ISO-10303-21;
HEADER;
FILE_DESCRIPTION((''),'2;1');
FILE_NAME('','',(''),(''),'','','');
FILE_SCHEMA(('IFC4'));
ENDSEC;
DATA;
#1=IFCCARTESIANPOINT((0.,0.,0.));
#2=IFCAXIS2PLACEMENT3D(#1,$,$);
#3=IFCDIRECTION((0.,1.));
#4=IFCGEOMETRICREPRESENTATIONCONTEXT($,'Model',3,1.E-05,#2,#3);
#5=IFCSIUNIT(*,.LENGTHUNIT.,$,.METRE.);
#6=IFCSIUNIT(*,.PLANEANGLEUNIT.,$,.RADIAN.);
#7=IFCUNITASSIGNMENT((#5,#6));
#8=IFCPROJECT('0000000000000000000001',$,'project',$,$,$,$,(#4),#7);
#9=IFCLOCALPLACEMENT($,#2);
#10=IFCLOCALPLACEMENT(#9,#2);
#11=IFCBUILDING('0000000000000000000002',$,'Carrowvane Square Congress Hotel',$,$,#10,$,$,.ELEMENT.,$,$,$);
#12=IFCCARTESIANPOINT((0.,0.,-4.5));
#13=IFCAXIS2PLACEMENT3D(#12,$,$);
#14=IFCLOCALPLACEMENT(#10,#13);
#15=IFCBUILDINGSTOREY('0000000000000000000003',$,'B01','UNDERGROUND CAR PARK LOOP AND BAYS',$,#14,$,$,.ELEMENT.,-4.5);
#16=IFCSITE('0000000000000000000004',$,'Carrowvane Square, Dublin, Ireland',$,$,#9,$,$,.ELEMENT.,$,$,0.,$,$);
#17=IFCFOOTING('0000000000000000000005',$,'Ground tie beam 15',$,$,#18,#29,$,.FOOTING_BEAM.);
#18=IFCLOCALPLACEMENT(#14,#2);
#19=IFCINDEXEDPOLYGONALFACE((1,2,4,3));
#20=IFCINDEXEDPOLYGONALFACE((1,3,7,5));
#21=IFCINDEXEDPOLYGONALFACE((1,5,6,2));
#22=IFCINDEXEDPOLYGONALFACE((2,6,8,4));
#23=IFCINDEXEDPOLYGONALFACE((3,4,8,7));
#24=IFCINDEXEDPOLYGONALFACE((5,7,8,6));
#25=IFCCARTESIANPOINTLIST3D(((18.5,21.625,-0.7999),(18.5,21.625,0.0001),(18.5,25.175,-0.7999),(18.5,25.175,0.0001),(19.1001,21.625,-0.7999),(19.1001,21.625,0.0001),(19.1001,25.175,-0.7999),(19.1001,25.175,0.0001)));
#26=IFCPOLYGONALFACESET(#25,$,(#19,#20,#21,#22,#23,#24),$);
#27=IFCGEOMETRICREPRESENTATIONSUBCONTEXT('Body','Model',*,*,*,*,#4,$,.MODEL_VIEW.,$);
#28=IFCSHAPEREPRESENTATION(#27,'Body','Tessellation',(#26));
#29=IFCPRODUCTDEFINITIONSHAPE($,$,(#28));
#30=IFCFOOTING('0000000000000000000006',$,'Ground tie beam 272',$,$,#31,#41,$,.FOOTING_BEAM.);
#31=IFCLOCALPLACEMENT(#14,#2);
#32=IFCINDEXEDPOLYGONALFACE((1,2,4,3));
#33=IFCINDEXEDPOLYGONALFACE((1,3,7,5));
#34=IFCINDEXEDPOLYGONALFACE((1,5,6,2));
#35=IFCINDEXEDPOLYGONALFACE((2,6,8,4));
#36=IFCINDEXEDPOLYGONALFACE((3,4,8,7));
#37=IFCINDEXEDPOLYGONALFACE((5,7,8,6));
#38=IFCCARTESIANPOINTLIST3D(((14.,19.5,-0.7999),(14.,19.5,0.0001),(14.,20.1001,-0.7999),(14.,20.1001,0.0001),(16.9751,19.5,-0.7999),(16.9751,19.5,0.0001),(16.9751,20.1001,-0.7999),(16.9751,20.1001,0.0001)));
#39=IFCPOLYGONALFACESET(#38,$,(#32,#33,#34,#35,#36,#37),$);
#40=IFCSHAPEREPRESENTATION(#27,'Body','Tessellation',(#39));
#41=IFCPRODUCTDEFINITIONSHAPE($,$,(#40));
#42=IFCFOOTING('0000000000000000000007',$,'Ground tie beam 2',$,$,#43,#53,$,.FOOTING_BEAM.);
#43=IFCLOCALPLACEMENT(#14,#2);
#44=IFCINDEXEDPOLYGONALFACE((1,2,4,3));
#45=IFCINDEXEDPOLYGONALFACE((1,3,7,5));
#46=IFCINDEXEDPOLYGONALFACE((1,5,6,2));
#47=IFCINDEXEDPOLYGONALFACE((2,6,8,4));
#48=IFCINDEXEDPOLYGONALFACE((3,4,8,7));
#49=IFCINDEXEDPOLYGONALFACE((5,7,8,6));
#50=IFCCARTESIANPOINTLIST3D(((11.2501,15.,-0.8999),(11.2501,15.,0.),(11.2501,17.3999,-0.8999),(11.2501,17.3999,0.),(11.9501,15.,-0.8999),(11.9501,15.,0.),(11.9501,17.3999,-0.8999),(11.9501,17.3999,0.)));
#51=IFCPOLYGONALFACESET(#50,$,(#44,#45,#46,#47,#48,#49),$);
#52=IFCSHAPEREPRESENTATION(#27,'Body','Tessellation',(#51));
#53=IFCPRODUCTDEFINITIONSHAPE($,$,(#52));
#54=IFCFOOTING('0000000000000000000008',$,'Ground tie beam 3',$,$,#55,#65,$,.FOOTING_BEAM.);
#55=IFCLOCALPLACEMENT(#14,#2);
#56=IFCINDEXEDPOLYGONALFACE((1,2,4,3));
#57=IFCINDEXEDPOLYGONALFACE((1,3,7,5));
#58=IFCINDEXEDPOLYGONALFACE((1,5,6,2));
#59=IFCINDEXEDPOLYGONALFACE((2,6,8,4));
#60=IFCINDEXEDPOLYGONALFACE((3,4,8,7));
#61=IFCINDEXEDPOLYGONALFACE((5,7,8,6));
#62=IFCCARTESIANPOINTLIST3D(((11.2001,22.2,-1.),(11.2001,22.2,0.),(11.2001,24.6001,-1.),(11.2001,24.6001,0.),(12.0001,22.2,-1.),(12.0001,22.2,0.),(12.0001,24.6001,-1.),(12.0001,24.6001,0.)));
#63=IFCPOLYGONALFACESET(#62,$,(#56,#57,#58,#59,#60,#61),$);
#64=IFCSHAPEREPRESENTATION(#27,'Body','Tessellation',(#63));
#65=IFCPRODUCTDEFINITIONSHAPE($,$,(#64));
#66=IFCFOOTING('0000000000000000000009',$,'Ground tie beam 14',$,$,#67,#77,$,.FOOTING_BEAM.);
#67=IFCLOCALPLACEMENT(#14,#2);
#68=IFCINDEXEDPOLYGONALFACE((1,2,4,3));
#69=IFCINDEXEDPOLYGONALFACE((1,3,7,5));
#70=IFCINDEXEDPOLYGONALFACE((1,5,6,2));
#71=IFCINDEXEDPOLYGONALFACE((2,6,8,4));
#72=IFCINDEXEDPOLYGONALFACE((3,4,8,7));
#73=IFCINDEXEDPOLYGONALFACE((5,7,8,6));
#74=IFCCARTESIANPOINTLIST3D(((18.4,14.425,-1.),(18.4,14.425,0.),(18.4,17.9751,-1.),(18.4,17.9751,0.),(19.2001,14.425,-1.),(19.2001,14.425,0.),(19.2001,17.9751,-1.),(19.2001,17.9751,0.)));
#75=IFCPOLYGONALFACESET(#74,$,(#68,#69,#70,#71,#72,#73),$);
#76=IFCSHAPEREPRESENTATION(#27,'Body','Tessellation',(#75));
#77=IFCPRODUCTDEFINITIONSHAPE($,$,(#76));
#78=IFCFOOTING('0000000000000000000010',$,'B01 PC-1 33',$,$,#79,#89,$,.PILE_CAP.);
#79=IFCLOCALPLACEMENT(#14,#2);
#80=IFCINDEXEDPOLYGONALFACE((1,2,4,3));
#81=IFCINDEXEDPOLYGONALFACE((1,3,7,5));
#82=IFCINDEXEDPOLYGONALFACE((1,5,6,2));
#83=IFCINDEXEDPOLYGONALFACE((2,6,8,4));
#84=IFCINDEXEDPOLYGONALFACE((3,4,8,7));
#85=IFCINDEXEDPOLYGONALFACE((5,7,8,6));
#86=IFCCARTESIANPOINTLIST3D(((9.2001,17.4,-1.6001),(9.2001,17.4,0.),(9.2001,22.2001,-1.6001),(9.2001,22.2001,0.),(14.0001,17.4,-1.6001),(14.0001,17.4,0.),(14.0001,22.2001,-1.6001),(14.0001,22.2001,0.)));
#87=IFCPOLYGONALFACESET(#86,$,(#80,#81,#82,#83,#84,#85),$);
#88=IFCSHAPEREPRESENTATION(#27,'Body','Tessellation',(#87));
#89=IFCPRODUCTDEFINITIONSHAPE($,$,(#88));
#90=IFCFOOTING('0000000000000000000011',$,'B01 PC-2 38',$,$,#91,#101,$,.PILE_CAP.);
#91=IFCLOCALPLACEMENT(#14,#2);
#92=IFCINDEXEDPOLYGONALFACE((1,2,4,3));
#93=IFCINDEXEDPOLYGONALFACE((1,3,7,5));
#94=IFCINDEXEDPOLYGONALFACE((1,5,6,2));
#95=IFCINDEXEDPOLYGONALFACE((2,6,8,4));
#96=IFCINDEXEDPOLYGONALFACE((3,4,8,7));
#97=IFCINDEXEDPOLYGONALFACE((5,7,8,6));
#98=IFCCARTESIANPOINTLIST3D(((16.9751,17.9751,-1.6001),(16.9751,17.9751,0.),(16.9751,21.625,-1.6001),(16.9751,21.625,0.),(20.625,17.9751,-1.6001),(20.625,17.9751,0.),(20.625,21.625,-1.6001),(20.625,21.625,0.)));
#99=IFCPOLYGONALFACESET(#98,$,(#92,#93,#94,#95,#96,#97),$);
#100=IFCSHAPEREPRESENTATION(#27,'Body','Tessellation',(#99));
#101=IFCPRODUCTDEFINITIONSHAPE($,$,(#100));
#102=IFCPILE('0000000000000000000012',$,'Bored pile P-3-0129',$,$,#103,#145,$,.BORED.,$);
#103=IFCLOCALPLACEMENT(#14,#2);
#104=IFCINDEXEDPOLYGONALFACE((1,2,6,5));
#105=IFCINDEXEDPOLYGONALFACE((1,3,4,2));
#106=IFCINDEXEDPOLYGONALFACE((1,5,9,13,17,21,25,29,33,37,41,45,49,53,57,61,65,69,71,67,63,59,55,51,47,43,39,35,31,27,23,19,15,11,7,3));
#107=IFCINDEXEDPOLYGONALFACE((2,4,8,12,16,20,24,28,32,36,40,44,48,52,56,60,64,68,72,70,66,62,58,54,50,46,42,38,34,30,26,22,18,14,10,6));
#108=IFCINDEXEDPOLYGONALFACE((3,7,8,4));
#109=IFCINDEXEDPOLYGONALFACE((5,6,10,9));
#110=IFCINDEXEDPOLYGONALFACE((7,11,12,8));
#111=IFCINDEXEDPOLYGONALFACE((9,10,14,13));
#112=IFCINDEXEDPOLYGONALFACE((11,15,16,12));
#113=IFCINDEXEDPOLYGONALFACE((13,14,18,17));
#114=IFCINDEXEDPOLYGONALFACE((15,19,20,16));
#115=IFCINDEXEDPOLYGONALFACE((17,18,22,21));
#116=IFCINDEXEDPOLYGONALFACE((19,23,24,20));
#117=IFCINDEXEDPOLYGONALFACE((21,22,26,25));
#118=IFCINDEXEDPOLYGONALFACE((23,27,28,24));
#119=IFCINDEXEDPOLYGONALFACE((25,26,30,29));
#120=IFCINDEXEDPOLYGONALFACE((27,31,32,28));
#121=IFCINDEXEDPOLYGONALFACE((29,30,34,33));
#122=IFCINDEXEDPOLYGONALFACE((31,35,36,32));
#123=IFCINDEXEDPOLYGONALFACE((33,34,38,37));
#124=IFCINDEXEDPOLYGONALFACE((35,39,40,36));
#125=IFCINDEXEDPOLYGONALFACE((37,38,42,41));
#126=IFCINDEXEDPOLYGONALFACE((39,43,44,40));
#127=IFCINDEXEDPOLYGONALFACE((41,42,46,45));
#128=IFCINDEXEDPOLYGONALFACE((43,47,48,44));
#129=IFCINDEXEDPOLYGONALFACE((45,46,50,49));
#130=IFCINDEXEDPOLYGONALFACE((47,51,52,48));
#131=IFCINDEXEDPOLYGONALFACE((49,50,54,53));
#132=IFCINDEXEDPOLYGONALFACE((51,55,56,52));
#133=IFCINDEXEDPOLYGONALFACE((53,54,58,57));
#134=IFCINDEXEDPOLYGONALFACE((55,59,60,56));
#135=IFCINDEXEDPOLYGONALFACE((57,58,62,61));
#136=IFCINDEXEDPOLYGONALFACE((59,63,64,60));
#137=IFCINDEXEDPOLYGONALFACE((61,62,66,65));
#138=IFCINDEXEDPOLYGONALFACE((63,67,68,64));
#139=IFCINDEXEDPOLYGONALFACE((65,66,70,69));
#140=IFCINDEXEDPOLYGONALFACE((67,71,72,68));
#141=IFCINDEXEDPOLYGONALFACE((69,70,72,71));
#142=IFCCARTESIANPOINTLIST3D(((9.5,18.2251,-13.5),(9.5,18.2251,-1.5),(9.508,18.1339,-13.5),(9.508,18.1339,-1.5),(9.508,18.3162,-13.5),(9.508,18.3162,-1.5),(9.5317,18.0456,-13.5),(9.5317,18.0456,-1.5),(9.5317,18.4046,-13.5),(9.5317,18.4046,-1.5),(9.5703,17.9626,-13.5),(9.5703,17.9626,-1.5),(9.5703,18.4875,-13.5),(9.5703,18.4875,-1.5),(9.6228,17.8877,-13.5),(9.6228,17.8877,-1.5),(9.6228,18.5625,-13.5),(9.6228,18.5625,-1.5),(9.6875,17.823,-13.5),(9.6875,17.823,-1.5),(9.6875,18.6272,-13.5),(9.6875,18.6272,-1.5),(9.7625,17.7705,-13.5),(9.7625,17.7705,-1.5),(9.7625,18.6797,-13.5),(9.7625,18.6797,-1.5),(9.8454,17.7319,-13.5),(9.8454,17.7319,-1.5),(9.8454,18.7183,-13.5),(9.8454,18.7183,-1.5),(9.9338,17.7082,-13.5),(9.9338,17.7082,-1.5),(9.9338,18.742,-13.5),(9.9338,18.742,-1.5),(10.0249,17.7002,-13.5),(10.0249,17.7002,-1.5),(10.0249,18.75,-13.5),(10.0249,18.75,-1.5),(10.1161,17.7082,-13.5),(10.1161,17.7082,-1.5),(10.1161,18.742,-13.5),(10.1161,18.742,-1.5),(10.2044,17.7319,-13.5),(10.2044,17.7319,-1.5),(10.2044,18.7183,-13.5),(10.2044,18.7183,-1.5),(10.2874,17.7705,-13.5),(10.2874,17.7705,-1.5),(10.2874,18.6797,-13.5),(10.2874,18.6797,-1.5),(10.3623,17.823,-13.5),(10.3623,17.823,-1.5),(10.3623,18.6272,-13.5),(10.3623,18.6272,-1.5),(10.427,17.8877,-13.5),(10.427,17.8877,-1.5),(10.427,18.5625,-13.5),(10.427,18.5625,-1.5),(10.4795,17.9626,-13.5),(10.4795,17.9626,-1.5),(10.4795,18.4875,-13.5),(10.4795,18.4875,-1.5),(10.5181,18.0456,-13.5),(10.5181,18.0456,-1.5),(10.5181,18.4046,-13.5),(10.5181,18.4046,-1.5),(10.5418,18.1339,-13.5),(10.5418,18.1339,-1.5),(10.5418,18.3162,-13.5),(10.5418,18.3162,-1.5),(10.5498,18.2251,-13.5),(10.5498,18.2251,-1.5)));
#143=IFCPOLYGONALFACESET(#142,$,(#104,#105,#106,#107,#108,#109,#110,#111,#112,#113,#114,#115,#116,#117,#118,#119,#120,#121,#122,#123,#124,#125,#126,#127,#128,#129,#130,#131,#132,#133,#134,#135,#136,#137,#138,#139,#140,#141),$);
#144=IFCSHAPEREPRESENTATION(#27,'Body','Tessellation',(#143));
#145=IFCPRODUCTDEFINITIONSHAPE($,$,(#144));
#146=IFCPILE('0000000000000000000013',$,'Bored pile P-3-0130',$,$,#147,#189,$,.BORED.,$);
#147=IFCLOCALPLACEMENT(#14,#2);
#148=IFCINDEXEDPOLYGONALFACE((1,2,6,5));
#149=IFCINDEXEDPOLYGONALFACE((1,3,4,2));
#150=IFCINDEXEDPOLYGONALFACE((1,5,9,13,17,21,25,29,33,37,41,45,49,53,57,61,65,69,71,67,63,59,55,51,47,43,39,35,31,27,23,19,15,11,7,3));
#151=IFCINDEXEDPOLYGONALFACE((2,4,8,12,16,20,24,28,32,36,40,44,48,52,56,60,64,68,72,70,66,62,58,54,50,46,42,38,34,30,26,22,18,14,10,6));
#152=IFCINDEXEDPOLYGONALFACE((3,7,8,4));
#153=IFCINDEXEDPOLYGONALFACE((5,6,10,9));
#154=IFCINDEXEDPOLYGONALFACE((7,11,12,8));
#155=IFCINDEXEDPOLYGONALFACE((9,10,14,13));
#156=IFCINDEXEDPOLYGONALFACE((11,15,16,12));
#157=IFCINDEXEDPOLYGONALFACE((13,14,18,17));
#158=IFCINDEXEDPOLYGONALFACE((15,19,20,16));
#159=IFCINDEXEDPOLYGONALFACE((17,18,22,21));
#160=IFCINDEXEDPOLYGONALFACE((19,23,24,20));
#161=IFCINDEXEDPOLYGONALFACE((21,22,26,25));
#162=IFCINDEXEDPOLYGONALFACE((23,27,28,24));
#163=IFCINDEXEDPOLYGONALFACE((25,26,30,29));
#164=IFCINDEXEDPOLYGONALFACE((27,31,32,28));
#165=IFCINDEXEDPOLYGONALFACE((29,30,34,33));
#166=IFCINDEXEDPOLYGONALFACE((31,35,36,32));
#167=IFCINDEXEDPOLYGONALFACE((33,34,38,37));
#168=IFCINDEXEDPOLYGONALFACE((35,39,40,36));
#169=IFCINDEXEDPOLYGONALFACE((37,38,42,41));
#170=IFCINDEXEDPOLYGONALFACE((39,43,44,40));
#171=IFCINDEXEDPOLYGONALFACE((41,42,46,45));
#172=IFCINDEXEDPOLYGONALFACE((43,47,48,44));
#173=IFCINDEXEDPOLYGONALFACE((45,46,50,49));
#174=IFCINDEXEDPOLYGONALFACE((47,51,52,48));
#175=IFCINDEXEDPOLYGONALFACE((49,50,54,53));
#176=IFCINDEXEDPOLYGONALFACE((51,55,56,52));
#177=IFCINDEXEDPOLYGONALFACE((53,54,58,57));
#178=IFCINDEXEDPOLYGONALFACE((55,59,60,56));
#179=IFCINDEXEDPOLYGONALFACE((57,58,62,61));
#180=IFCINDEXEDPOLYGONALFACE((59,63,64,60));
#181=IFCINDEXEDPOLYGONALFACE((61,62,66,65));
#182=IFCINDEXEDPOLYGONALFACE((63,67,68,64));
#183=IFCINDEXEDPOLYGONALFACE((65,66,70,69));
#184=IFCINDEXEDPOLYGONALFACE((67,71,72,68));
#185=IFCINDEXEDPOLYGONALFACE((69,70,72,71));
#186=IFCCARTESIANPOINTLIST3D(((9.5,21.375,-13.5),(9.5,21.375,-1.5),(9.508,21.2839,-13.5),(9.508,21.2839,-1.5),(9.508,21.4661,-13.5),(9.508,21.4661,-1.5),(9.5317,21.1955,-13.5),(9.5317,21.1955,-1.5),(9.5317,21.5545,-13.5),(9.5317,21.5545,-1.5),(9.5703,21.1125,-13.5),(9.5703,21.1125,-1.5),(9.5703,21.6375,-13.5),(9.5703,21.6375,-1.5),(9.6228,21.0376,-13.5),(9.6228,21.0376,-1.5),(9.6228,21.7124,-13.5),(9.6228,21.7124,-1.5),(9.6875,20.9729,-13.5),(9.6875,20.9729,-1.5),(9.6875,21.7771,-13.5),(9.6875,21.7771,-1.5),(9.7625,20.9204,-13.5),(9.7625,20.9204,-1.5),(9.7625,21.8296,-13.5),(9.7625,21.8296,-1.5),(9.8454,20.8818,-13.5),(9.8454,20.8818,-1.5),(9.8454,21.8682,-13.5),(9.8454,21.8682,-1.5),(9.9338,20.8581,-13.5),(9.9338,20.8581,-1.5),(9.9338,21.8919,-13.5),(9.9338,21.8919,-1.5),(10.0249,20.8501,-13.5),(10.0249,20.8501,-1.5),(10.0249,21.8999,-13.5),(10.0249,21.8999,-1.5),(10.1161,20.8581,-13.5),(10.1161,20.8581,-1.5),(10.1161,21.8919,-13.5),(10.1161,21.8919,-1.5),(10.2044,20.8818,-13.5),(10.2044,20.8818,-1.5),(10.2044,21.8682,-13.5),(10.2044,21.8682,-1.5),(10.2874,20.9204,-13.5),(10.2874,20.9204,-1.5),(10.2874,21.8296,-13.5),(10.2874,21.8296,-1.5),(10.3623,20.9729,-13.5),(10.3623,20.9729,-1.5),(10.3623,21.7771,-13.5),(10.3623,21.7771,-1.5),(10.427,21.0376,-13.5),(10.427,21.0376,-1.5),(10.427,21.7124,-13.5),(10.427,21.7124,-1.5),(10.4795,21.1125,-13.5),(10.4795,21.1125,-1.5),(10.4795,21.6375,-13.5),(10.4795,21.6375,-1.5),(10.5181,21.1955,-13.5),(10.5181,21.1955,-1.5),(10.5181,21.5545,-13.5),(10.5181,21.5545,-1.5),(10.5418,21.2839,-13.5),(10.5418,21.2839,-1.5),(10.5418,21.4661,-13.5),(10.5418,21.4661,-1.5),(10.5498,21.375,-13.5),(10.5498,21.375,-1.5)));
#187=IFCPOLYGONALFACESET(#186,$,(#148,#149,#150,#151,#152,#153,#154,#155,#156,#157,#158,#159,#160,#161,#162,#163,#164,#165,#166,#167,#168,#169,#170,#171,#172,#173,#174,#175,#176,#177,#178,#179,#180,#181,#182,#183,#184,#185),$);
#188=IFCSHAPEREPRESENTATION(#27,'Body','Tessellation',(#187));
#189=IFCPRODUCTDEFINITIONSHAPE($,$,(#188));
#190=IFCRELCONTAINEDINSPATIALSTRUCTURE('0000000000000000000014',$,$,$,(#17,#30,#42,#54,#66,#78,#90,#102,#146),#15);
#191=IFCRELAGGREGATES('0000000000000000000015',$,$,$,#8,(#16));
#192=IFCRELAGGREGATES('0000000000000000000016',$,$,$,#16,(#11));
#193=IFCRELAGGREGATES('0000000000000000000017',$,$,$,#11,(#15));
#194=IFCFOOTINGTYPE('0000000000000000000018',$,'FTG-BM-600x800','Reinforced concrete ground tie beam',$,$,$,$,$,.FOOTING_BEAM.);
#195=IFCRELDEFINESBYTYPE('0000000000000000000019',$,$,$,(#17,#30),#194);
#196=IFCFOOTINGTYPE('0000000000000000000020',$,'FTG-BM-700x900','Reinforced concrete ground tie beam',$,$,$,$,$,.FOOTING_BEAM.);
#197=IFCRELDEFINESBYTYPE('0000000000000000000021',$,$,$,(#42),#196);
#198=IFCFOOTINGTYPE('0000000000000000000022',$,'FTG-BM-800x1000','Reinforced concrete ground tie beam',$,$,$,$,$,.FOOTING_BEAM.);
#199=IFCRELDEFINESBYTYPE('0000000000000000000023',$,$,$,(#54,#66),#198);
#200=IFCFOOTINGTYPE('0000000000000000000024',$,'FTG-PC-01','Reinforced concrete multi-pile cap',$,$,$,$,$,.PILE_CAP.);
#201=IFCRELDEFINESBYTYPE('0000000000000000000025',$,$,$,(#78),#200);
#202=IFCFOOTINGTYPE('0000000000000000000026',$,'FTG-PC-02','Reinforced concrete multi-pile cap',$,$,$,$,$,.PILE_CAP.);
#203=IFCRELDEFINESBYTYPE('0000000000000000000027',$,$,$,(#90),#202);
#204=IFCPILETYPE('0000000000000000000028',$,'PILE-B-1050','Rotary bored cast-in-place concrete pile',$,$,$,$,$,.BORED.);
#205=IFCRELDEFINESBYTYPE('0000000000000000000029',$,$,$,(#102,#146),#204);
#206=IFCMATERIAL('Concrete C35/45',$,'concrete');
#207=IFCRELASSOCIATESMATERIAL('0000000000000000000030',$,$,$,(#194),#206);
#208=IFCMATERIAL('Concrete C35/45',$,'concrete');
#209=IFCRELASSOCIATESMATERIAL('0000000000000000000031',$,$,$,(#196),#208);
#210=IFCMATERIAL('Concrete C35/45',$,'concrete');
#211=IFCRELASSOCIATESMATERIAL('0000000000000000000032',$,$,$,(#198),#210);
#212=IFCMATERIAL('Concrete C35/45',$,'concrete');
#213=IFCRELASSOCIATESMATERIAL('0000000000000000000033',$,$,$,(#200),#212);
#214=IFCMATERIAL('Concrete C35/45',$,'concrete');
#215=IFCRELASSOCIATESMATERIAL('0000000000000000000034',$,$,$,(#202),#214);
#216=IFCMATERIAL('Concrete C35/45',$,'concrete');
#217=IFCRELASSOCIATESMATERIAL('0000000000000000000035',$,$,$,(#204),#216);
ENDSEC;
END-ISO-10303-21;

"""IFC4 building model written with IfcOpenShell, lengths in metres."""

from ifc_helpers import new_model, si_unit, direction, frame, origin, origin_2d, place, context, subcontext, project, spatial, rectangle, circle, extrude, material, material_profile, profile_set, type_object, element, save


model = new_model("IFC4")

# Units and contexts
model_context = context("Model", 3, precision=1e-05, world=origin(), true_north=direction((0.0, 1.0)))
body_context = subcontext(model_context, "Body", "Model", "MODEL_VIEW")
ifc_project = project(units=[si_unit("LENGTHUNIT", "METRE"), si_unit("PLANEANGLEUNIT", "RADIAN")], contexts=[model_context])

# Site, building, storey
site_placement = place(None, origin())
site = spatial("IfcSite", under=ifc_project, at=site_placement, Name="Carrowvane Square, Dublin, Ireland", CompositionType="ELEMENT", RefElevation=0.0)
building_placement = place(site_placement, origin())
building = spatial("IfcBuilding", under=site, at=building_placement, Name="Carrowvane Square Congress Hotel", CompositionType="ELEMENT")
storey_placement = place(building_placement, frame((0.0, 0.0, -4.5)))
storey = spatial("IfcBuildingStorey", under=building, at=storey_placement, Name="B01", Description="UNDERGROUND CAR PARK LOOP AND BAYS", CompositionType="ELEMENT", Elevation=-4.5)

# Footings
ifc_material_1 = material(Name="Concrete C35/45", Category="concrete")
ifc_material_profile_1 = material_profile(ifc_material_1, rectangle(XDim=0.6001, YDim=0.8, at=origin_2d()), Name="RC 600x800")
ifc_profile_set_1 = profile_set([ifc_material_profile_1], Name="Concrete C35/45")
footing_type_1 = type_object("IfcFootingType", Name="FTG-BM-600x800", Description="Reinforced concrete ground tie beam", PredefinedType="FOOTING_BEAM", material=ifc_profile_set_1)
footing_1_placement = place(storey_placement, frame((18.8, 21.625, -0.3999), z_axis=(0.0, 1.0, 0.0), x_axis=(-1.0, 0.0, 0.0)))
element("IfcFooting", 1, at=footing_1_placement, inside=storey, type_object=footing_type_1, Name="Ground tie beam 15", PredefinedType="FOOTING_BEAM", context=body_context, shape_type="SweptSolid", body=[
    extrude(rectangle(XDim=0.6001, YDim=0.8, at=origin_2d()), origin(), (0.0, 0.0, 1.0), 3.55),
])
footing_2_placement = place(storey_placement, frame((14.0, 19.8, -0.3999), z_axis=(1.0, 0.0, 0.0), x_axis=(0.0, 1.0, 0.0)))
element("IfcFooting", 2, at=footing_2_placement, inside=storey, type_object=footing_type_1, Name="Ground tie beam 272", PredefinedType="FOOTING_BEAM", context=body_context, shape_type="SweptSolid", body=[
    extrude(rectangle(XDim=0.6001, YDim=0.8, at=origin_2d()), origin(), (0.0, 0.0, 1.0), 2.9751),
])
ifc_material_2 = material(Name="Concrete C35/45", Category="concrete")
ifc_material_profile_2 = material_profile(ifc_material_2, rectangle(XDim=0.7, YDim=0.8999, at=origin_2d()), Name="RC 700x900")
ifc_profile_set_2 = profile_set([ifc_material_profile_2], Name="Concrete C35/45")
footing_type_2 = type_object("IfcFootingType", Name="FTG-BM-700x900", Description="Reinforced concrete ground tie beam", PredefinedType="FOOTING_BEAM", material=ifc_profile_set_2)
footing_3_placement = place(storey_placement, frame((11.6001, 15.0, -0.45), z_axis=(0.0, 1.0, 0.0), x_axis=(-1.0, 0.0, 0.0)))
element("IfcFooting", 3, at=footing_3_placement, inside=storey, type_object=footing_type_2, Name="Ground tie beam 2", PredefinedType="FOOTING_BEAM", context=body_context, shape_type="SweptSolid", body=[
    extrude(rectangle(XDim=0.7, YDim=0.8999, at=origin_2d()), origin(), (0.0, 0.0, 1.0), 2.3999),
])
ifc_material_3 = material(Name="Concrete C35/45", Category="concrete")
ifc_material_profile_3 = material_profile(ifc_material_3, rectangle(XDim=0.8, YDim=1.0, at=origin_2d()), Name="RC 800x1000")
ifc_profile_set_3 = profile_set([ifc_material_profile_3], Name="Concrete C35/45")
footing_type_3 = type_object("IfcFootingType", Name="FTG-BM-800x1000", Description="Reinforced concrete ground tie beam", PredefinedType="FOOTING_BEAM", material=ifc_profile_set_3)
footing_4_placement = place(storey_placement, frame((11.6001, 22.2, -0.5), z_axis=(0.0, 1.0, 0.0), x_axis=(-1.0, 0.0, 0.0)))
element("IfcFooting", 4, at=footing_4_placement, inside=storey, type_object=footing_type_3, Name="Ground tie beam 3", PredefinedType="FOOTING_BEAM", context=body_context, shape_type="SweptSolid", body=[
    extrude(rectangle(XDim=0.8, YDim=1.0, at=origin_2d()), origin(), (0.0, 0.0, 1.0), 2.4001),
])
footing_5_placement = place(storey_placement, frame((18.8, 14.425, -0.5), z_axis=(0.0, 1.0, 0.0), x_axis=(-1.0, 0.0, 0.0)))
element("IfcFooting", 5, at=footing_5_placement, inside=storey, type_object=footing_type_3, Name="Ground tie beam 14", PredefinedType="FOOTING_BEAM", context=body_context, shape_type="SweptSolid", body=[
    extrude(rectangle(XDim=0.8, YDim=1.0, at=origin_2d()), origin(), (0.0, 0.0, 1.0), 3.55),
])
ifc_material_4 = material(Name="Concrete C35/45", Category="concrete")
footing_type_4 = type_object("IfcFootingType", Name="FTG-PC-01", Description="Reinforced concrete multi-pile cap", PredefinedType="PILE_CAP", material=ifc_material_4)
footing_6_placement = place(storey_placement, frame((11.6001, 19.8, -1.6001), z_axis=(0.0, 0.0, 1.0), x_axis=(1.0, 0.0, 0.0)))
element("IfcFooting", 6, at=footing_6_placement, inside=storey, type_object=footing_type_4, Name="B01 PC-1 33", PredefinedType="PILE_CAP", context=body_context, shape_type="SweptSolid", body=[
    extrude(rectangle(XDim=4.8, YDim=4.8, at=origin_2d()), origin(), (0.0, 0.0, 1.0), 1.6001),
])
ifc_material_5 = material(Name="Concrete C35/45", Category="concrete")
footing_type_5 = type_object("IfcFootingType", Name="FTG-PC-02", Description="Reinforced concrete multi-pile cap", PredefinedType="PILE_CAP", material=ifc_material_5)
footing_7_placement = place(storey_placement, frame((18.8, 19.8, -1.6001), z_axis=(0.0, 0.0, 1.0), x_axis=(1.0, 0.0, 0.0)))
element("IfcFooting", 7, at=footing_7_placement, inside=storey, type_object=footing_type_5, Name="B01 PC-2 38", PredefinedType="PILE_CAP", context=body_context, shape_type="SweptSolid", body=[
    extrude(rectangle(XDim=3.6499, YDim=3.6499, at=origin_2d()), origin(), (0.0, 0.0, 1.0), 1.6001),
])

# Piles
ifc_material_6 = material(Name="Concrete C35/45", Category="concrete")
ifc_material_profile_4 = material_profile(ifc_material_6, circle(Radius=0.5249, at=origin_2d()), Name="PILE D1050")
ifc_profile_set_4 = profile_set([ifc_material_profile_4], Name="Concrete C35/45")
pile_type_1 = type_object("IfcPileType", Name="PILE-B-1050", Description="Rotary bored cast-in-place concrete pile", PredefinedType="BORED", material=ifc_profile_set_4)
for number, where, z_axis, x_axis, name in (
    (8, (10.0249, 18.2251, -1.5), (0.0, 0.0, -1.0), (1.0, 0.0, 0.0), "Bored pile P-3-0129"),
    (9, (10.0249, 21.375, -1.5), (0.0, 0.0, -1.0), (1.0, 0.0, 0.0), "Bored pile P-3-0130"),
):
    element("IfcPile", number, at=place(storey_placement, frame(where, z_axis=z_axis, x_axis=x_axis)), inside=storey, type_object=pile_type_1, Name=name, PredefinedType="BORED", context=body_context, shape_type="SweptSolid", body=[
        extrude(circle(Radius=0.5249, at=origin_2d()), origin(), (0.0, 0.0, 1.0), 12.0),
    ])

save(model, "model.ifc")
